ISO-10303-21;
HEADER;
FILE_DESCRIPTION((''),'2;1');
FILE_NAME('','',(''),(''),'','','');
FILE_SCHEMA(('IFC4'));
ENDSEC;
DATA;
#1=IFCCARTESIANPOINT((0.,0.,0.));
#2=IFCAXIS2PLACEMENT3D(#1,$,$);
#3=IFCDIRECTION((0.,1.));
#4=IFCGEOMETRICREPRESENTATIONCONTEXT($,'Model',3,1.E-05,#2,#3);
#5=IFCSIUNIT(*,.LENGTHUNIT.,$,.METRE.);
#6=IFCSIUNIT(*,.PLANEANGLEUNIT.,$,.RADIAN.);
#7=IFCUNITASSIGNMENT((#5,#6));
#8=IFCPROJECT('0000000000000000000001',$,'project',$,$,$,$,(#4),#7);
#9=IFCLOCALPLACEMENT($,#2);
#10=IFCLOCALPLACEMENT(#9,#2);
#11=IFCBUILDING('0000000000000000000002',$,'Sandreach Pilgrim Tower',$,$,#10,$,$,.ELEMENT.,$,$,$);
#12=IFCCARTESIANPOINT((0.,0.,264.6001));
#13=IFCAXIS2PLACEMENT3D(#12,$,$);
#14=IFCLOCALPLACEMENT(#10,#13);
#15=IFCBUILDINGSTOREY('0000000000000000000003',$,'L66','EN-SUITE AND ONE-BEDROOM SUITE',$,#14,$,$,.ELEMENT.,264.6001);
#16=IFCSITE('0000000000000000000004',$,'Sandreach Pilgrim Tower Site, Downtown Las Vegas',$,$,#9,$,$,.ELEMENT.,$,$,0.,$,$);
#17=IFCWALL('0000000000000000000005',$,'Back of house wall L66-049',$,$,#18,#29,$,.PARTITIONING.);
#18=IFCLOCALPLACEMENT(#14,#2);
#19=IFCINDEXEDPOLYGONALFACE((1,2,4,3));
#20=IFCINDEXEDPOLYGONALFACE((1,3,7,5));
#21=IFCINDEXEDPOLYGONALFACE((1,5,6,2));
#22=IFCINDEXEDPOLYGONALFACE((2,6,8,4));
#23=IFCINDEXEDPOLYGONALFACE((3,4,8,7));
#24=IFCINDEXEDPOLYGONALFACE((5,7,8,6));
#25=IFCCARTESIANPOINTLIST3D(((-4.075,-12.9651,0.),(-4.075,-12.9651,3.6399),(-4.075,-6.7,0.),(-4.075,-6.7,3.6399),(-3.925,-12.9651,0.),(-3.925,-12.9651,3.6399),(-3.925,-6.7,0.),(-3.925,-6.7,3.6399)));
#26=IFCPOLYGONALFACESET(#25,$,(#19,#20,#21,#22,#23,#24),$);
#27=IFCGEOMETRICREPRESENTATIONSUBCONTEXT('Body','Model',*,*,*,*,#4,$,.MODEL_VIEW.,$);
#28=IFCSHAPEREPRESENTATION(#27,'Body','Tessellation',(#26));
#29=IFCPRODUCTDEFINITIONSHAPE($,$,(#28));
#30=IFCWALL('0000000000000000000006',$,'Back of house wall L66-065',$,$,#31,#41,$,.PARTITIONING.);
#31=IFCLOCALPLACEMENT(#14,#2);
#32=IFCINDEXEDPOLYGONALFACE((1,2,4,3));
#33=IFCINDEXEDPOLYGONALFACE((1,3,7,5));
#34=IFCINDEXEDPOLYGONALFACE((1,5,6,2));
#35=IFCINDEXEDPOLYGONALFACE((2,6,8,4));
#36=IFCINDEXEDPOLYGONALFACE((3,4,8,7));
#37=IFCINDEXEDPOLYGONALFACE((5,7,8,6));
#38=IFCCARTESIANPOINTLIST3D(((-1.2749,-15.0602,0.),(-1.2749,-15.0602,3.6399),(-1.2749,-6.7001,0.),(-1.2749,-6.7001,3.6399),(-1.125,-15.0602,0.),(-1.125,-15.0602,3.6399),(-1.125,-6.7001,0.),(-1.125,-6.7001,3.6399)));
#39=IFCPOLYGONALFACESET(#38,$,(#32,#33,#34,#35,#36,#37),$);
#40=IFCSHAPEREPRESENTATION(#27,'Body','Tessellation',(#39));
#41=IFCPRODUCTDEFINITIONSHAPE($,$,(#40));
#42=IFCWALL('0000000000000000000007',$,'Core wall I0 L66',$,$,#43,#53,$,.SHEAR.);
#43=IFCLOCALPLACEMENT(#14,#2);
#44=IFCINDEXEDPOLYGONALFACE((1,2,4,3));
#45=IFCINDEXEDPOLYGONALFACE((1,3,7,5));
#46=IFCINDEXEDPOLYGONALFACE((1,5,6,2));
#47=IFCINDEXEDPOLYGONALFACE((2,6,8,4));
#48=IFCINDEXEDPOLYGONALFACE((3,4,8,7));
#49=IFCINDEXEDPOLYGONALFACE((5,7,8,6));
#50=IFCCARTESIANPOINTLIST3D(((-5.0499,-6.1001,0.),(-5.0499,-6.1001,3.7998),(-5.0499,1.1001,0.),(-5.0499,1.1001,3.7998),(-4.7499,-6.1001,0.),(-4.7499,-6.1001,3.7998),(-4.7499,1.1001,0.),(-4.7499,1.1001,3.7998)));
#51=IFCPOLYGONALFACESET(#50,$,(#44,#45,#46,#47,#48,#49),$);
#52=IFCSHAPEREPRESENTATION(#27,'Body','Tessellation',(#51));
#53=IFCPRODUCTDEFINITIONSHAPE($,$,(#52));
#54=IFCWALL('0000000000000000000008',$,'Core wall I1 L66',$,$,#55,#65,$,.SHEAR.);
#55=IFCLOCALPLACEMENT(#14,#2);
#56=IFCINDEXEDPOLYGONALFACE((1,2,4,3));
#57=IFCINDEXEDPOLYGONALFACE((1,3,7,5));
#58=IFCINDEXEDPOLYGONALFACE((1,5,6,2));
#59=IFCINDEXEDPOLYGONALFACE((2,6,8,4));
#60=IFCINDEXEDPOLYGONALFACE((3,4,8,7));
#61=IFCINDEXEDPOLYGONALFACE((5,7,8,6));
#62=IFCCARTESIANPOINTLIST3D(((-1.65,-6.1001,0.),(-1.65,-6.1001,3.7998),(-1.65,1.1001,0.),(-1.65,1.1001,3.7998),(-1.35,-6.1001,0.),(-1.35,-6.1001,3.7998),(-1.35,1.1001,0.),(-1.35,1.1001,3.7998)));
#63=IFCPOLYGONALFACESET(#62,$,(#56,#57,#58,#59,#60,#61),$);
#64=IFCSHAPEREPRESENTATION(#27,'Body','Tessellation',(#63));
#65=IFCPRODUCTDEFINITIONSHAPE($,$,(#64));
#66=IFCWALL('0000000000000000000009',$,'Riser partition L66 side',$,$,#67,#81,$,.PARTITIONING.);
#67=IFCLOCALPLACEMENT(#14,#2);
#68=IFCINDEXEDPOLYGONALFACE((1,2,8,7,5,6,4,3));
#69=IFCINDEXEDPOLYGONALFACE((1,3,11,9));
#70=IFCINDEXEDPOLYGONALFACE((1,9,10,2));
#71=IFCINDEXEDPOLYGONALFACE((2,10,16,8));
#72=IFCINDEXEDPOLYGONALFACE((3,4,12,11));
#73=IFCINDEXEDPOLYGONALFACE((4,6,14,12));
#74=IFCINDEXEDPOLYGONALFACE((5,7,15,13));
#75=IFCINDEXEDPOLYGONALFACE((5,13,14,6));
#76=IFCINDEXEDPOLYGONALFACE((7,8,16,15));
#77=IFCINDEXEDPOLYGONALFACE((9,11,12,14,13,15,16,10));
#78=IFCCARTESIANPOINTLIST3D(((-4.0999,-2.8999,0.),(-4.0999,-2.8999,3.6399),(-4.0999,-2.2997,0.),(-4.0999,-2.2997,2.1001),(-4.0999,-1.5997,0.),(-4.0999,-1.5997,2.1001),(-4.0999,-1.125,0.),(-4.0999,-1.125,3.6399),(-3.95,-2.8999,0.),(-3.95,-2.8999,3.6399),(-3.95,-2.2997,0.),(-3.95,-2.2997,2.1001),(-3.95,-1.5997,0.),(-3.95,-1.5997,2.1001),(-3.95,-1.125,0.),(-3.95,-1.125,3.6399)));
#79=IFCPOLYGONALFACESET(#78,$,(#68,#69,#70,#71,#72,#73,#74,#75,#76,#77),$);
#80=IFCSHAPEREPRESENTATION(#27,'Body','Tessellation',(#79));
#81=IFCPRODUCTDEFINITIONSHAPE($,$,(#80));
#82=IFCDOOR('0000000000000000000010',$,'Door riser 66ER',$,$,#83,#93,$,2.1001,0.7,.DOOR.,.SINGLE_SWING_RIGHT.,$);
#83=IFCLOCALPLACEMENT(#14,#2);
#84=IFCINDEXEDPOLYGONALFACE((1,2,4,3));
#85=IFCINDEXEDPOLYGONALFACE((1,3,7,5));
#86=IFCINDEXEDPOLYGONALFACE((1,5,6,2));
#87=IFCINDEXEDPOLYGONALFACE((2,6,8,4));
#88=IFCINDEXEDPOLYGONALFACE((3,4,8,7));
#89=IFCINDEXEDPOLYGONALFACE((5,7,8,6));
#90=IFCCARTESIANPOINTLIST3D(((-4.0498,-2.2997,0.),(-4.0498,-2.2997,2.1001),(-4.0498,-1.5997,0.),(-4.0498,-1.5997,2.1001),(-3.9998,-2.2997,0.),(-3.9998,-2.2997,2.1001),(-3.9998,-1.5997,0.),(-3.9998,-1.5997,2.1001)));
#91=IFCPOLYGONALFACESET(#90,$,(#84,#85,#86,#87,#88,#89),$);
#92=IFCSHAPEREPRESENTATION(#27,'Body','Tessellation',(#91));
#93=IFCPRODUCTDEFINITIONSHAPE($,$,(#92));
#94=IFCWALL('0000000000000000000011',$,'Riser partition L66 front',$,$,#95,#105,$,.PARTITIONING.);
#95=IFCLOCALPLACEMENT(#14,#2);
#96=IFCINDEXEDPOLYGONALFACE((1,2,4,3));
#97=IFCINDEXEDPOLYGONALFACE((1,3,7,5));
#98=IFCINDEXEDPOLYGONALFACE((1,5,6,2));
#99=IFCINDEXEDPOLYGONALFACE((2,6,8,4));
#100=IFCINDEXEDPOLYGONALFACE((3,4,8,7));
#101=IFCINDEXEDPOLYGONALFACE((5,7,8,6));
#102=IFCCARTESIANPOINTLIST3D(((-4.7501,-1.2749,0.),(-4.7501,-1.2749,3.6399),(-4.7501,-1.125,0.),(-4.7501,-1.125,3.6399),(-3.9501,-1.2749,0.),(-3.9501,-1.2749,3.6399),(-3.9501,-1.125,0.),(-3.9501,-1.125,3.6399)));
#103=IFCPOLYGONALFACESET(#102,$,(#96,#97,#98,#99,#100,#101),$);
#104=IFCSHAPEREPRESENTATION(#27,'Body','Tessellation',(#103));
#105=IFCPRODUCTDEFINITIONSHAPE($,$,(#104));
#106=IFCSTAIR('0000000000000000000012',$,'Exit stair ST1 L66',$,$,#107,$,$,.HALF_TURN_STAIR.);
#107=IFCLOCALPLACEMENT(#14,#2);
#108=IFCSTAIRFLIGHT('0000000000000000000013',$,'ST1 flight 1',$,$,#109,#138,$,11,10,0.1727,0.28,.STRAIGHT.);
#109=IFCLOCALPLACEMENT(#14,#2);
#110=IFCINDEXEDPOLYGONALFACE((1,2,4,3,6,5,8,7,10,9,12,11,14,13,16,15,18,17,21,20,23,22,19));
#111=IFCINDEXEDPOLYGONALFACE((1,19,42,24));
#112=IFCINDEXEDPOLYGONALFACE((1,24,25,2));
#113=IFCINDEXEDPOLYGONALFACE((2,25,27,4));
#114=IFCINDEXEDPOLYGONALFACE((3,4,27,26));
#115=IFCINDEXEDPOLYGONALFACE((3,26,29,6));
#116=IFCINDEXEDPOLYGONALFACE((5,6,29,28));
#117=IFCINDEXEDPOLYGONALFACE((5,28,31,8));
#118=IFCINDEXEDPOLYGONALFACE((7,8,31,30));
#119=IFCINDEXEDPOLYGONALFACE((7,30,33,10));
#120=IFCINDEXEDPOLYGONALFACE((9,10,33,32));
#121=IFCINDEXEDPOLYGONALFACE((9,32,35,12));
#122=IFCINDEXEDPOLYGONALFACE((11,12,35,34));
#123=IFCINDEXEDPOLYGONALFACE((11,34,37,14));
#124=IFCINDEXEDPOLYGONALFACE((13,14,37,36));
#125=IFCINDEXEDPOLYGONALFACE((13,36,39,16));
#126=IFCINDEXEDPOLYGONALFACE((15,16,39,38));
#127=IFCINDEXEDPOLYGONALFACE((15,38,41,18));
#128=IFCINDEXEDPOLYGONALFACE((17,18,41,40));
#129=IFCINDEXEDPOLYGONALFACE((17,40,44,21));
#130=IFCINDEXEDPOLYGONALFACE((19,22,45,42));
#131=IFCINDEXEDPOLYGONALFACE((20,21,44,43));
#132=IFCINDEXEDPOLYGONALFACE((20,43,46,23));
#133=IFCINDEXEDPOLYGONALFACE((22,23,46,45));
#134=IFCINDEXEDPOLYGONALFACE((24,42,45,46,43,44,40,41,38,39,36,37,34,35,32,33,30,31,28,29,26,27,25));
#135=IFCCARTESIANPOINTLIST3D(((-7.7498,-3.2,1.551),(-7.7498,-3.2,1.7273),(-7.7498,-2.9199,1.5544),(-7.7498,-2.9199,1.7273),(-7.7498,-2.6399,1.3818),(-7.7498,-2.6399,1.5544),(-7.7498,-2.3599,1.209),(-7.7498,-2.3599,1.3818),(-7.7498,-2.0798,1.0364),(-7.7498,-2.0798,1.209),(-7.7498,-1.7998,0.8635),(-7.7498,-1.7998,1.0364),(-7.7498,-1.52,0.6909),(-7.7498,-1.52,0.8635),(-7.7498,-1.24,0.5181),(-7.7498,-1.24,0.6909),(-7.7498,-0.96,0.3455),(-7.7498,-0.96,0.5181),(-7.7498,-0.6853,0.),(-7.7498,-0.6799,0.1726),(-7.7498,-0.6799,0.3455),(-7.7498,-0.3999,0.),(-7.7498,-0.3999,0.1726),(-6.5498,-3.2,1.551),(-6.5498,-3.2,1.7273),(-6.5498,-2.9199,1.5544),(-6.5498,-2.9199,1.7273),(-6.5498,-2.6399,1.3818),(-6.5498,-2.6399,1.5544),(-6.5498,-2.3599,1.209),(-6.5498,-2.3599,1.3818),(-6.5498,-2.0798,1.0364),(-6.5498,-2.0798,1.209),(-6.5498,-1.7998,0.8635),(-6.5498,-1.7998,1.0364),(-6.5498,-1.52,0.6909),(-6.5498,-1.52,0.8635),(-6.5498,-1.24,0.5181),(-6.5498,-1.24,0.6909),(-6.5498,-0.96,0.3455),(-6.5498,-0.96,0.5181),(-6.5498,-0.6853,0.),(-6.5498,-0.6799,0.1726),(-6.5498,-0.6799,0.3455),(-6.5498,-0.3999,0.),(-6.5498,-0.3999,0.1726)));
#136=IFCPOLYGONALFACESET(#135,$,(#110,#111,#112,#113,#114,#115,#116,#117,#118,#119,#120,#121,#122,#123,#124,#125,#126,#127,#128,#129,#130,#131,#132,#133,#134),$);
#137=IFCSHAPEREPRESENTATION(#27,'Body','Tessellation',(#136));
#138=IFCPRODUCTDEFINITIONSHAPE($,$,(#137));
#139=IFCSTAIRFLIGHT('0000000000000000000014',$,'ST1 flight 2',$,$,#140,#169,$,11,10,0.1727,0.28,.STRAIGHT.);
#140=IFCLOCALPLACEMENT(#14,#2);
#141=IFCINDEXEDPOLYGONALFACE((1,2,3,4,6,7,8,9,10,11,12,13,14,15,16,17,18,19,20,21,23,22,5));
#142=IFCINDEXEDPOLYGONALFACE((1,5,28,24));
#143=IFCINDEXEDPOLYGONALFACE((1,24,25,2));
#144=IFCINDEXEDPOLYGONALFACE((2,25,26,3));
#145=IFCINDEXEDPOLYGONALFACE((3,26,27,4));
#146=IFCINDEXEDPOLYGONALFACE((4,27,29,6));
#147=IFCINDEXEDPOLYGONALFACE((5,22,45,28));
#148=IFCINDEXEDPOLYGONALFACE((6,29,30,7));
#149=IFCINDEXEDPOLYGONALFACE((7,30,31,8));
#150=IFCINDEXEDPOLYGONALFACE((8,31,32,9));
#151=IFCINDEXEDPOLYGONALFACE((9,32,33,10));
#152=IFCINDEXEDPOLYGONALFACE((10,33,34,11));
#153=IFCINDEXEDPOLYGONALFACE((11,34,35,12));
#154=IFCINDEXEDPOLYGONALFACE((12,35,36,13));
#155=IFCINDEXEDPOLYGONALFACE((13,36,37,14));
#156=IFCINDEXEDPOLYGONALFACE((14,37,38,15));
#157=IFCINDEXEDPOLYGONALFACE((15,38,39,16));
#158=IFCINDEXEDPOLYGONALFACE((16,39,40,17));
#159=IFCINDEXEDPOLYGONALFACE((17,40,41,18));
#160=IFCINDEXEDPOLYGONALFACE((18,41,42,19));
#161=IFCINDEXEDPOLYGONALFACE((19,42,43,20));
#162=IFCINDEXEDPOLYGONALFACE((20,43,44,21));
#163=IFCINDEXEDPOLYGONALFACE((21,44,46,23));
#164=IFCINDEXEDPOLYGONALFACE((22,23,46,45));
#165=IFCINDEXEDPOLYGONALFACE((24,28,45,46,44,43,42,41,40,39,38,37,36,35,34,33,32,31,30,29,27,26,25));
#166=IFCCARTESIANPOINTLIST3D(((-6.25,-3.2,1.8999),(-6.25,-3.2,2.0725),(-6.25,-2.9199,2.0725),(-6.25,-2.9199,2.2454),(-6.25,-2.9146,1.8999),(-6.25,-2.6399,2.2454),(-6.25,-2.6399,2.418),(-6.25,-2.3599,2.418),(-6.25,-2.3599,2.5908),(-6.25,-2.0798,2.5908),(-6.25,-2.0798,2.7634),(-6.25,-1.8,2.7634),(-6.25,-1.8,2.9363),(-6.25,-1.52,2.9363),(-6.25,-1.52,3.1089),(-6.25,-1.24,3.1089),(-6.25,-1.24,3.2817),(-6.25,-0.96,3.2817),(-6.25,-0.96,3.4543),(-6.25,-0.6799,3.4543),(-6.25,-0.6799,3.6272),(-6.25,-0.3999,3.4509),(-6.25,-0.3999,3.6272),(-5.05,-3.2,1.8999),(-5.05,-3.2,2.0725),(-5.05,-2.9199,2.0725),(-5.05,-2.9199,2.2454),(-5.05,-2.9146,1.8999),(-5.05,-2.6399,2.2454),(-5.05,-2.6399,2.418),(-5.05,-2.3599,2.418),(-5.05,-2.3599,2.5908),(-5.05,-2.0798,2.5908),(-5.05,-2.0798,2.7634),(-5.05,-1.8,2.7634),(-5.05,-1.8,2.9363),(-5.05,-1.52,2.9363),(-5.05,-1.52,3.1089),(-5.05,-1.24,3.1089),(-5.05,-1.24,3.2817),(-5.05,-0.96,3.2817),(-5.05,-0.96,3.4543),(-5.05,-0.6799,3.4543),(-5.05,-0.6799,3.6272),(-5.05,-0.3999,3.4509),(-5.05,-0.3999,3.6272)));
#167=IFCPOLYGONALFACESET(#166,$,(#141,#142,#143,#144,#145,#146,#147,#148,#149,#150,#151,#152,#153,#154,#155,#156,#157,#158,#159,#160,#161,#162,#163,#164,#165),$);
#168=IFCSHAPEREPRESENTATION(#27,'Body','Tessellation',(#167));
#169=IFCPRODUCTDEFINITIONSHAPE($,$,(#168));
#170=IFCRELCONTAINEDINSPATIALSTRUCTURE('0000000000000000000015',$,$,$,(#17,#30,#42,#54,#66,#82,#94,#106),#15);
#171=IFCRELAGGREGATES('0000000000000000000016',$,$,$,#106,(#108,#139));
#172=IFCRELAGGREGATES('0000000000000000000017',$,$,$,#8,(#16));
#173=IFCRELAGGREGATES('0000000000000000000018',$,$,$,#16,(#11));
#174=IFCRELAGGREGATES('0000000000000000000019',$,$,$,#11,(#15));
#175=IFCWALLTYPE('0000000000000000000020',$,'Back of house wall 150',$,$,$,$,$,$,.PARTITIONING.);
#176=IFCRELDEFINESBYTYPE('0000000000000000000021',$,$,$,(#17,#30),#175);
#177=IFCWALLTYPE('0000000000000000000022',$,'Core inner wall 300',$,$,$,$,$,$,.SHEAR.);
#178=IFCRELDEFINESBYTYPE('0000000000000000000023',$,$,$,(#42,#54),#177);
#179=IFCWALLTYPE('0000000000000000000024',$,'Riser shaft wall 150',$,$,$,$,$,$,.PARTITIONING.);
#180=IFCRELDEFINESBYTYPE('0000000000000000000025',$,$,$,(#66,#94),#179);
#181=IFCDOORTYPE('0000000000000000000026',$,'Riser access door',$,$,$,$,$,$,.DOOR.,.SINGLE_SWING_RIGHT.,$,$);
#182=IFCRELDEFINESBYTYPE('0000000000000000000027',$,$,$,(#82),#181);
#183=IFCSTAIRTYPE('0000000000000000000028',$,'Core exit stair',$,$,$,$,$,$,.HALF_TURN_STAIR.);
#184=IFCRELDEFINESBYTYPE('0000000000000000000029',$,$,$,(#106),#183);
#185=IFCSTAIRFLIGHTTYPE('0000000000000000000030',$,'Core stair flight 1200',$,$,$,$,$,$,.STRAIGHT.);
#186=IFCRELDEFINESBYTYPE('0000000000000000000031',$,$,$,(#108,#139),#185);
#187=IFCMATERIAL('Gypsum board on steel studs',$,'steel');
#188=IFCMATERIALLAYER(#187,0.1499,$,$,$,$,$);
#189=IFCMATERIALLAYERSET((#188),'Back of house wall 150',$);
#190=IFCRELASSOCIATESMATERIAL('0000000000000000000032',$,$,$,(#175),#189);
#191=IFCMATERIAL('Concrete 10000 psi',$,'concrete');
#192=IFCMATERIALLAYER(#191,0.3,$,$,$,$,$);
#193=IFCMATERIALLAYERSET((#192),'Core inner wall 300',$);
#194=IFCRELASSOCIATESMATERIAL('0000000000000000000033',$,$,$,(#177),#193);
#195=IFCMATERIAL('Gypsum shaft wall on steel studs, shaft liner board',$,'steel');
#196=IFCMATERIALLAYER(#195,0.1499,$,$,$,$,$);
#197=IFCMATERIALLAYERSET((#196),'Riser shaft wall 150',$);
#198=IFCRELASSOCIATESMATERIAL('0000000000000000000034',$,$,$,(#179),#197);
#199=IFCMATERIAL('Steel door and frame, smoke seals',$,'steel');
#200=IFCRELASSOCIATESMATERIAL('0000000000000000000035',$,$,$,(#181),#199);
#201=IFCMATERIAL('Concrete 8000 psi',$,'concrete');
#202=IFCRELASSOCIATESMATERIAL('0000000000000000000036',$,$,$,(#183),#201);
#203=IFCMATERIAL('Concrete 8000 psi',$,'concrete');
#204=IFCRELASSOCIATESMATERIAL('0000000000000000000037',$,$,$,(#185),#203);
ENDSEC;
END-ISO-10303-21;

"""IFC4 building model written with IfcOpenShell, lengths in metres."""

from ifc_helpers import new_model, si_unit, direction, frame, frame_2d, origin, place, context, subcontext, project, spatial, polyline, rectangle, outline, extrude, material, layer, layer_set, type_object, element, fill, aggregate, save


model = new_model("IFC4")

# Units and contexts
model_context = context("Model", 3, precision=1e-05, world=origin(), true_north=direction((0.0, 1.0)))
body_context = subcontext(model_context, "Body", "Model", "MODEL_VIEW")
ifc_project = project(units=[si_unit("LENGTHUNIT", "METRE"), si_unit("PLANEANGLEUNIT", "RADIAN")], contexts=[model_context])

# Site, building, storey
site_placement = place(None, origin())
site = spatial("IfcSite", under=ifc_project, at=site_placement, Name="Sandreach Pilgrim Tower Site, Downtown Las Vegas", CompositionType="ELEMENT", RefElevation=0.0)
building_placement = place(site_placement, origin())
building = spatial("IfcBuilding", under=site, at=building_placement, Name="Sandreach Pilgrim Tower", CompositionType="ELEMENT")
storey_placement = place(building_placement, frame((0.0, 0.0, 264.6001)))
storey = spatial("IfcBuildingStorey", under=building, at=storey_placement, Name="L66", Description="EN-SUITE AND ONE-BEDROOM SUITE", CompositionType="ELEMENT", Elevation=264.6001)

# Walls
ifc_material_1 = material(Name="Gypsum board on steel studs", Category="steel")
ifc_layer_1 = layer(ifc_material_1, 0.1499)
ifc_layer_set_1 = layer_set([ifc_layer_1], Name="Back of house wall 150")
wall_type_1 = type_object("IfcWallType", Name="Back of house wall 150", PredefinedType="PARTITIONING", material=ifc_layer_set_1)
wall_1_placement = place(storey_placement, frame((-4.0, -6.7, 0.0), z_axis=(0.0, 0.0, 1.0), x_axis=(0.0, -1.0, 0.0)))
element("IfcWall", 1, at=wall_1_placement, inside=storey, type_object=wall_type_1, Name="Back of house wall L66-049", PredefinedType="PARTITIONING", context=body_context, shape_type="SweptSolid", body=[
    extrude(rectangle(XDim=6.2651, YDim=0.1499, at=frame_2d((3.1326, 0.0))), origin(), (0.0, 0.0, 1.0), 3.6399),
])
wall_2_placement = place(storey_placement, frame((-1.2, -6.7, 0.0), z_axis=(0.0, 0.0, 1.0), x_axis=(0.0, -1.0, 0.0)))
element("IfcWall", 2, at=wall_2_placement, inside=storey, type_object=wall_type_1, Name="Back of house wall L66-065", PredefinedType="PARTITIONING", context=body_context, shape_type="SweptSolid", body=[
    extrude(rectangle(XDim=8.3601, YDim=0.1499, at=frame_2d((4.1802, 0.0))), origin(), (0.0, 0.0, 1.0), 3.6399),
])
ifc_material_2 = material(Name="Concrete 10000 psi", Category="concrete")
ifc_layer_2 = layer(ifc_material_2, 0.3)
ifc_layer_set_2 = layer_set([ifc_layer_2], Name="Core inner wall 300")
wall_type_2 = type_object("IfcWallType", Name="Core inner wall 300", PredefinedType="SHEAR", material=ifc_layer_set_2)
for number, where, z_axis, x_axis, name in (
    (3, (-4.8999, -6.1001, 0.0), (0.0, 0.0, 1.0), (0.0, 1.0, 0.0), "Core wall I0 L66"),
    (4, (-1.5, -6.1001, 0.0), (0.0, 0.0, 1.0), (0.0, 1.0, 0.0), "Core wall I1 L66"),
):
    element("IfcWall", number, at=place(storey_placement, frame(where, z_axis=z_axis, x_axis=x_axis)), inside=storey, type_object=wall_type_2, Name=name, PredefinedType="SHEAR", context=body_context, shape_type="SweptSolid", body=[
        extrude(rectangle(XDim=7.2002, YDim=0.3, at=frame_2d((3.6001, 0.0))), origin(), (0.0, 0.0, 1.0), 3.7998),
    ])

# Wall, opening, door
ifc_material_3 = material(Name="Gypsum shaft wall on steel studs, shaft liner board", Category="steel")
ifc_layer_3 = layer(ifc_material_3, 0.1499)
ifc_layer_set_3 = layer_set([ifc_layer_3], Name="Riser shaft wall 150")
wall_type_3 = type_object("IfcWallType", Name="Riser shaft wall 150", PredefinedType="PARTITIONING", material=ifc_layer_set_3)
wall_3_placement = place(storey_placement, frame((-4.0249, -2.8999, 0.0), z_axis=(0.0, 0.0, 1.0), x_axis=(0.0, 1.0, 0.0)))
wall_3 = element("IfcWall", 5, at=wall_3_placement, inside=storey, type_object=wall_type_3, Name="Riser partition L66 side", PredefinedType="PARTITIONING", context=body_context, shape_type="SweptSolid", body=[
    extrude(rectangle(XDim=1.7749, YDim=0.1499, at=frame_2d((0.8875, 0.0))), origin(), (0.0, 0.0, 1.0), 3.6399),
])
opening_1_placement = place(wall_3_placement, frame((0.6001, 0.0, 0.0)))
opening_1 = element("IfcOpeningElement", 6, at=opening_1_placement, cuts=wall_3, PredefinedType="OPENING", context=body_context, shape_type="SweptSolid", body=[
    extrude(rectangle(XDim=0.7, YDim=2.1001, at=frame_2d((0.3501, 1.05))), frame((0.0, 0.075, 0.0), z_axis=(0.0, -1.0, 0.0), x_axis=(1.0, 0.0, 0.0)), (0.0, 0.0, 1.0), 0.1499),
])
ifc_material_4 = material(Name="Steel door and frame, smoke seals", Category="steel")
door_type_1 = type_object("IfcDoorType", Name="Riser access door", OperationType="SINGLE_SWING_RIGHT", PredefinedType="DOOR", material=ifc_material_4)
door_1_placement = place(opening_1_placement, origin())
door_1 = element("IfcDoor", 7, at=door_1_placement, inside=storey, type_object=door_type_1, Name="Door riser 66ER", OperationType="SINGLE_SWING_RIGHT", OverallHeight=2.1001, OverallWidth=0.7, PredefinedType="DOOR", context=body_context, shape_type="SweptSolid", body=[
    extrude(rectangle(XDim=0.7, YDim=2.1001, at=frame_2d((0.3501, 1.05))), frame((0.0, 0.0249, 0.0), z_axis=(0.0, -1.0, 0.0), x_axis=(1.0, 0.0, 0.0)), (0.0, 0.0, 1.0), 0.05),
])
fill(opening_1, door_1)

# Wall
wall_4_placement = place(storey_placement, frame((-4.75, -1.2, 0.0), z_axis=(0.0, 0.0, 1.0), x_axis=(1.0, 0.0, 0.0)))
element("IfcWall", 8, at=wall_4_placement, inside=storey, type_object=wall_type_3, Name="Riser partition L66 front", PredefinedType="PARTITIONING", context=body_context, shape_type="SweptSolid", body=[
    extrude(rectangle(XDim=0.8, YDim=0.1499, at=frame_2d((0.3999, 0.0))), origin(), (0.0, 0.0, 1.0), 3.6399),
])

# Stair, stair flights
ifc_material_5 = material(Name="Concrete 8000 psi", Category="concrete")
stair_type = type_object("IfcStairType", Name="Core exit stair", PredefinedType="HALF_TURN_STAIR", material=ifc_material_5)
stair_1_placement = place(storey_placement, origin())
stair_1 = element("IfcStair", 9, at=stair_1_placement, inside=storey, type_object=stair_type, Name="Exit stair ST1 L66", PredefinedType="HALF_TURN_STAIR")
ifc_material_6 = material(Name="Concrete 8000 psi", Category="concrete")
stair_flight_type = type_object("IfcStairFlightType", Name="Core stair flight 1200", PredefinedType="STRAIGHT", material=ifc_material_6)
stair_flight_1_placement = place(storey_placement, frame((-7.1499, -0.3999, 0.0), z_axis=(0.0, 0.0, 1.0), x_axis=(0.0, -1.0, 0.0)))
stair_flight_1 = element("IfcStairFlight", 10, at=stair_flight_1_placement, type_object=stair_flight_type, Name="ST1 flight 1", NumberOfRisers=11, NumberOfTreads=10, PredefinedType="STRAIGHT", RiserHeight=0.1727, TreadLength=0.28, context=body_context, shape_type="SweptSolid", body=[
    extrude(outline(polyline([(0.0, 0.0), (0.0, 0.1726), (0.28, 0.1726), (0.28, 0.3455), (0.5601, 0.3455), (0.5601, 0.5181), (0.8401, 0.5181), (0.8401, 0.6909), (1.1201, 0.6909), (1.1201, 0.8635), (1.3999, 0.8635), (1.3999, 1.0364), (1.6799, 1.0364), (1.6799, 1.209), (1.96, 1.209), (1.96, 1.3818), (2.24, 1.3818), (2.24, 1.5544), (2.52, 1.5544), (2.52, 1.7273), (2.8, 1.7273), (2.8, 1.8999), (2.8, 1.551), (0.2854, 0.0), (0.0, 0.0)])), frame((0.0, 0.6001, 0.0), z_axis=(0.0, -1.0, 0.0), x_axis=(1.0, 0.0, 0.0)), (0.0, 0.0, 1.0), 1.2),
])
stair_flight_2_placement = place(storey_placement, frame((-5.6499, -3.2, 1.8999), z_axis=(0.0, 0.0, 1.0), x_axis=(0.0, 1.0, 0.0)))
stair_flight_2 = element("IfcStairFlight", 11, at=stair_flight_2_placement, type_object=stair_flight_type, Name="ST1 flight 2", NumberOfRisers=11, NumberOfTreads=10, PredefinedType="STRAIGHT", RiserHeight=0.1727, TreadLength=0.28, context=body_context, shape_type="SweptSolid", body=[
    extrude(outline(polyline([(0.0, 0.0), (0.0, 0.1726), (0.28, 0.1726), (0.28, 0.3455), (0.5601, 0.3455), (0.5601, 0.5181), (0.8401, 0.5181), (0.8401, 0.6909), (1.1201, 0.6909), (1.1201, 0.8635), (1.3999, 0.8635), (1.3999, 1.0364), (1.6799, 1.0364), (1.6799, 1.209), (1.96, 1.209), (1.96, 1.3818), (2.24, 1.3818), (2.24, 1.5544), (2.52, 1.5544), (2.52, 1.7273), (2.8, 1.7273), (2.8, 1.8999), (2.8, 1.551), (0.2854, 0.0), (0.0, 0.0)])), frame((0.0, 0.6001, 0.0), z_axis=(0.0, -1.0, 0.0), x_axis=(1.0, 0.0, 0.0)), (0.0, 0.0, 1.0), 1.2),
])
aggregate(stair_1, [stair_flight_1, stair_flight_2])

save(model, "model.ifc")
